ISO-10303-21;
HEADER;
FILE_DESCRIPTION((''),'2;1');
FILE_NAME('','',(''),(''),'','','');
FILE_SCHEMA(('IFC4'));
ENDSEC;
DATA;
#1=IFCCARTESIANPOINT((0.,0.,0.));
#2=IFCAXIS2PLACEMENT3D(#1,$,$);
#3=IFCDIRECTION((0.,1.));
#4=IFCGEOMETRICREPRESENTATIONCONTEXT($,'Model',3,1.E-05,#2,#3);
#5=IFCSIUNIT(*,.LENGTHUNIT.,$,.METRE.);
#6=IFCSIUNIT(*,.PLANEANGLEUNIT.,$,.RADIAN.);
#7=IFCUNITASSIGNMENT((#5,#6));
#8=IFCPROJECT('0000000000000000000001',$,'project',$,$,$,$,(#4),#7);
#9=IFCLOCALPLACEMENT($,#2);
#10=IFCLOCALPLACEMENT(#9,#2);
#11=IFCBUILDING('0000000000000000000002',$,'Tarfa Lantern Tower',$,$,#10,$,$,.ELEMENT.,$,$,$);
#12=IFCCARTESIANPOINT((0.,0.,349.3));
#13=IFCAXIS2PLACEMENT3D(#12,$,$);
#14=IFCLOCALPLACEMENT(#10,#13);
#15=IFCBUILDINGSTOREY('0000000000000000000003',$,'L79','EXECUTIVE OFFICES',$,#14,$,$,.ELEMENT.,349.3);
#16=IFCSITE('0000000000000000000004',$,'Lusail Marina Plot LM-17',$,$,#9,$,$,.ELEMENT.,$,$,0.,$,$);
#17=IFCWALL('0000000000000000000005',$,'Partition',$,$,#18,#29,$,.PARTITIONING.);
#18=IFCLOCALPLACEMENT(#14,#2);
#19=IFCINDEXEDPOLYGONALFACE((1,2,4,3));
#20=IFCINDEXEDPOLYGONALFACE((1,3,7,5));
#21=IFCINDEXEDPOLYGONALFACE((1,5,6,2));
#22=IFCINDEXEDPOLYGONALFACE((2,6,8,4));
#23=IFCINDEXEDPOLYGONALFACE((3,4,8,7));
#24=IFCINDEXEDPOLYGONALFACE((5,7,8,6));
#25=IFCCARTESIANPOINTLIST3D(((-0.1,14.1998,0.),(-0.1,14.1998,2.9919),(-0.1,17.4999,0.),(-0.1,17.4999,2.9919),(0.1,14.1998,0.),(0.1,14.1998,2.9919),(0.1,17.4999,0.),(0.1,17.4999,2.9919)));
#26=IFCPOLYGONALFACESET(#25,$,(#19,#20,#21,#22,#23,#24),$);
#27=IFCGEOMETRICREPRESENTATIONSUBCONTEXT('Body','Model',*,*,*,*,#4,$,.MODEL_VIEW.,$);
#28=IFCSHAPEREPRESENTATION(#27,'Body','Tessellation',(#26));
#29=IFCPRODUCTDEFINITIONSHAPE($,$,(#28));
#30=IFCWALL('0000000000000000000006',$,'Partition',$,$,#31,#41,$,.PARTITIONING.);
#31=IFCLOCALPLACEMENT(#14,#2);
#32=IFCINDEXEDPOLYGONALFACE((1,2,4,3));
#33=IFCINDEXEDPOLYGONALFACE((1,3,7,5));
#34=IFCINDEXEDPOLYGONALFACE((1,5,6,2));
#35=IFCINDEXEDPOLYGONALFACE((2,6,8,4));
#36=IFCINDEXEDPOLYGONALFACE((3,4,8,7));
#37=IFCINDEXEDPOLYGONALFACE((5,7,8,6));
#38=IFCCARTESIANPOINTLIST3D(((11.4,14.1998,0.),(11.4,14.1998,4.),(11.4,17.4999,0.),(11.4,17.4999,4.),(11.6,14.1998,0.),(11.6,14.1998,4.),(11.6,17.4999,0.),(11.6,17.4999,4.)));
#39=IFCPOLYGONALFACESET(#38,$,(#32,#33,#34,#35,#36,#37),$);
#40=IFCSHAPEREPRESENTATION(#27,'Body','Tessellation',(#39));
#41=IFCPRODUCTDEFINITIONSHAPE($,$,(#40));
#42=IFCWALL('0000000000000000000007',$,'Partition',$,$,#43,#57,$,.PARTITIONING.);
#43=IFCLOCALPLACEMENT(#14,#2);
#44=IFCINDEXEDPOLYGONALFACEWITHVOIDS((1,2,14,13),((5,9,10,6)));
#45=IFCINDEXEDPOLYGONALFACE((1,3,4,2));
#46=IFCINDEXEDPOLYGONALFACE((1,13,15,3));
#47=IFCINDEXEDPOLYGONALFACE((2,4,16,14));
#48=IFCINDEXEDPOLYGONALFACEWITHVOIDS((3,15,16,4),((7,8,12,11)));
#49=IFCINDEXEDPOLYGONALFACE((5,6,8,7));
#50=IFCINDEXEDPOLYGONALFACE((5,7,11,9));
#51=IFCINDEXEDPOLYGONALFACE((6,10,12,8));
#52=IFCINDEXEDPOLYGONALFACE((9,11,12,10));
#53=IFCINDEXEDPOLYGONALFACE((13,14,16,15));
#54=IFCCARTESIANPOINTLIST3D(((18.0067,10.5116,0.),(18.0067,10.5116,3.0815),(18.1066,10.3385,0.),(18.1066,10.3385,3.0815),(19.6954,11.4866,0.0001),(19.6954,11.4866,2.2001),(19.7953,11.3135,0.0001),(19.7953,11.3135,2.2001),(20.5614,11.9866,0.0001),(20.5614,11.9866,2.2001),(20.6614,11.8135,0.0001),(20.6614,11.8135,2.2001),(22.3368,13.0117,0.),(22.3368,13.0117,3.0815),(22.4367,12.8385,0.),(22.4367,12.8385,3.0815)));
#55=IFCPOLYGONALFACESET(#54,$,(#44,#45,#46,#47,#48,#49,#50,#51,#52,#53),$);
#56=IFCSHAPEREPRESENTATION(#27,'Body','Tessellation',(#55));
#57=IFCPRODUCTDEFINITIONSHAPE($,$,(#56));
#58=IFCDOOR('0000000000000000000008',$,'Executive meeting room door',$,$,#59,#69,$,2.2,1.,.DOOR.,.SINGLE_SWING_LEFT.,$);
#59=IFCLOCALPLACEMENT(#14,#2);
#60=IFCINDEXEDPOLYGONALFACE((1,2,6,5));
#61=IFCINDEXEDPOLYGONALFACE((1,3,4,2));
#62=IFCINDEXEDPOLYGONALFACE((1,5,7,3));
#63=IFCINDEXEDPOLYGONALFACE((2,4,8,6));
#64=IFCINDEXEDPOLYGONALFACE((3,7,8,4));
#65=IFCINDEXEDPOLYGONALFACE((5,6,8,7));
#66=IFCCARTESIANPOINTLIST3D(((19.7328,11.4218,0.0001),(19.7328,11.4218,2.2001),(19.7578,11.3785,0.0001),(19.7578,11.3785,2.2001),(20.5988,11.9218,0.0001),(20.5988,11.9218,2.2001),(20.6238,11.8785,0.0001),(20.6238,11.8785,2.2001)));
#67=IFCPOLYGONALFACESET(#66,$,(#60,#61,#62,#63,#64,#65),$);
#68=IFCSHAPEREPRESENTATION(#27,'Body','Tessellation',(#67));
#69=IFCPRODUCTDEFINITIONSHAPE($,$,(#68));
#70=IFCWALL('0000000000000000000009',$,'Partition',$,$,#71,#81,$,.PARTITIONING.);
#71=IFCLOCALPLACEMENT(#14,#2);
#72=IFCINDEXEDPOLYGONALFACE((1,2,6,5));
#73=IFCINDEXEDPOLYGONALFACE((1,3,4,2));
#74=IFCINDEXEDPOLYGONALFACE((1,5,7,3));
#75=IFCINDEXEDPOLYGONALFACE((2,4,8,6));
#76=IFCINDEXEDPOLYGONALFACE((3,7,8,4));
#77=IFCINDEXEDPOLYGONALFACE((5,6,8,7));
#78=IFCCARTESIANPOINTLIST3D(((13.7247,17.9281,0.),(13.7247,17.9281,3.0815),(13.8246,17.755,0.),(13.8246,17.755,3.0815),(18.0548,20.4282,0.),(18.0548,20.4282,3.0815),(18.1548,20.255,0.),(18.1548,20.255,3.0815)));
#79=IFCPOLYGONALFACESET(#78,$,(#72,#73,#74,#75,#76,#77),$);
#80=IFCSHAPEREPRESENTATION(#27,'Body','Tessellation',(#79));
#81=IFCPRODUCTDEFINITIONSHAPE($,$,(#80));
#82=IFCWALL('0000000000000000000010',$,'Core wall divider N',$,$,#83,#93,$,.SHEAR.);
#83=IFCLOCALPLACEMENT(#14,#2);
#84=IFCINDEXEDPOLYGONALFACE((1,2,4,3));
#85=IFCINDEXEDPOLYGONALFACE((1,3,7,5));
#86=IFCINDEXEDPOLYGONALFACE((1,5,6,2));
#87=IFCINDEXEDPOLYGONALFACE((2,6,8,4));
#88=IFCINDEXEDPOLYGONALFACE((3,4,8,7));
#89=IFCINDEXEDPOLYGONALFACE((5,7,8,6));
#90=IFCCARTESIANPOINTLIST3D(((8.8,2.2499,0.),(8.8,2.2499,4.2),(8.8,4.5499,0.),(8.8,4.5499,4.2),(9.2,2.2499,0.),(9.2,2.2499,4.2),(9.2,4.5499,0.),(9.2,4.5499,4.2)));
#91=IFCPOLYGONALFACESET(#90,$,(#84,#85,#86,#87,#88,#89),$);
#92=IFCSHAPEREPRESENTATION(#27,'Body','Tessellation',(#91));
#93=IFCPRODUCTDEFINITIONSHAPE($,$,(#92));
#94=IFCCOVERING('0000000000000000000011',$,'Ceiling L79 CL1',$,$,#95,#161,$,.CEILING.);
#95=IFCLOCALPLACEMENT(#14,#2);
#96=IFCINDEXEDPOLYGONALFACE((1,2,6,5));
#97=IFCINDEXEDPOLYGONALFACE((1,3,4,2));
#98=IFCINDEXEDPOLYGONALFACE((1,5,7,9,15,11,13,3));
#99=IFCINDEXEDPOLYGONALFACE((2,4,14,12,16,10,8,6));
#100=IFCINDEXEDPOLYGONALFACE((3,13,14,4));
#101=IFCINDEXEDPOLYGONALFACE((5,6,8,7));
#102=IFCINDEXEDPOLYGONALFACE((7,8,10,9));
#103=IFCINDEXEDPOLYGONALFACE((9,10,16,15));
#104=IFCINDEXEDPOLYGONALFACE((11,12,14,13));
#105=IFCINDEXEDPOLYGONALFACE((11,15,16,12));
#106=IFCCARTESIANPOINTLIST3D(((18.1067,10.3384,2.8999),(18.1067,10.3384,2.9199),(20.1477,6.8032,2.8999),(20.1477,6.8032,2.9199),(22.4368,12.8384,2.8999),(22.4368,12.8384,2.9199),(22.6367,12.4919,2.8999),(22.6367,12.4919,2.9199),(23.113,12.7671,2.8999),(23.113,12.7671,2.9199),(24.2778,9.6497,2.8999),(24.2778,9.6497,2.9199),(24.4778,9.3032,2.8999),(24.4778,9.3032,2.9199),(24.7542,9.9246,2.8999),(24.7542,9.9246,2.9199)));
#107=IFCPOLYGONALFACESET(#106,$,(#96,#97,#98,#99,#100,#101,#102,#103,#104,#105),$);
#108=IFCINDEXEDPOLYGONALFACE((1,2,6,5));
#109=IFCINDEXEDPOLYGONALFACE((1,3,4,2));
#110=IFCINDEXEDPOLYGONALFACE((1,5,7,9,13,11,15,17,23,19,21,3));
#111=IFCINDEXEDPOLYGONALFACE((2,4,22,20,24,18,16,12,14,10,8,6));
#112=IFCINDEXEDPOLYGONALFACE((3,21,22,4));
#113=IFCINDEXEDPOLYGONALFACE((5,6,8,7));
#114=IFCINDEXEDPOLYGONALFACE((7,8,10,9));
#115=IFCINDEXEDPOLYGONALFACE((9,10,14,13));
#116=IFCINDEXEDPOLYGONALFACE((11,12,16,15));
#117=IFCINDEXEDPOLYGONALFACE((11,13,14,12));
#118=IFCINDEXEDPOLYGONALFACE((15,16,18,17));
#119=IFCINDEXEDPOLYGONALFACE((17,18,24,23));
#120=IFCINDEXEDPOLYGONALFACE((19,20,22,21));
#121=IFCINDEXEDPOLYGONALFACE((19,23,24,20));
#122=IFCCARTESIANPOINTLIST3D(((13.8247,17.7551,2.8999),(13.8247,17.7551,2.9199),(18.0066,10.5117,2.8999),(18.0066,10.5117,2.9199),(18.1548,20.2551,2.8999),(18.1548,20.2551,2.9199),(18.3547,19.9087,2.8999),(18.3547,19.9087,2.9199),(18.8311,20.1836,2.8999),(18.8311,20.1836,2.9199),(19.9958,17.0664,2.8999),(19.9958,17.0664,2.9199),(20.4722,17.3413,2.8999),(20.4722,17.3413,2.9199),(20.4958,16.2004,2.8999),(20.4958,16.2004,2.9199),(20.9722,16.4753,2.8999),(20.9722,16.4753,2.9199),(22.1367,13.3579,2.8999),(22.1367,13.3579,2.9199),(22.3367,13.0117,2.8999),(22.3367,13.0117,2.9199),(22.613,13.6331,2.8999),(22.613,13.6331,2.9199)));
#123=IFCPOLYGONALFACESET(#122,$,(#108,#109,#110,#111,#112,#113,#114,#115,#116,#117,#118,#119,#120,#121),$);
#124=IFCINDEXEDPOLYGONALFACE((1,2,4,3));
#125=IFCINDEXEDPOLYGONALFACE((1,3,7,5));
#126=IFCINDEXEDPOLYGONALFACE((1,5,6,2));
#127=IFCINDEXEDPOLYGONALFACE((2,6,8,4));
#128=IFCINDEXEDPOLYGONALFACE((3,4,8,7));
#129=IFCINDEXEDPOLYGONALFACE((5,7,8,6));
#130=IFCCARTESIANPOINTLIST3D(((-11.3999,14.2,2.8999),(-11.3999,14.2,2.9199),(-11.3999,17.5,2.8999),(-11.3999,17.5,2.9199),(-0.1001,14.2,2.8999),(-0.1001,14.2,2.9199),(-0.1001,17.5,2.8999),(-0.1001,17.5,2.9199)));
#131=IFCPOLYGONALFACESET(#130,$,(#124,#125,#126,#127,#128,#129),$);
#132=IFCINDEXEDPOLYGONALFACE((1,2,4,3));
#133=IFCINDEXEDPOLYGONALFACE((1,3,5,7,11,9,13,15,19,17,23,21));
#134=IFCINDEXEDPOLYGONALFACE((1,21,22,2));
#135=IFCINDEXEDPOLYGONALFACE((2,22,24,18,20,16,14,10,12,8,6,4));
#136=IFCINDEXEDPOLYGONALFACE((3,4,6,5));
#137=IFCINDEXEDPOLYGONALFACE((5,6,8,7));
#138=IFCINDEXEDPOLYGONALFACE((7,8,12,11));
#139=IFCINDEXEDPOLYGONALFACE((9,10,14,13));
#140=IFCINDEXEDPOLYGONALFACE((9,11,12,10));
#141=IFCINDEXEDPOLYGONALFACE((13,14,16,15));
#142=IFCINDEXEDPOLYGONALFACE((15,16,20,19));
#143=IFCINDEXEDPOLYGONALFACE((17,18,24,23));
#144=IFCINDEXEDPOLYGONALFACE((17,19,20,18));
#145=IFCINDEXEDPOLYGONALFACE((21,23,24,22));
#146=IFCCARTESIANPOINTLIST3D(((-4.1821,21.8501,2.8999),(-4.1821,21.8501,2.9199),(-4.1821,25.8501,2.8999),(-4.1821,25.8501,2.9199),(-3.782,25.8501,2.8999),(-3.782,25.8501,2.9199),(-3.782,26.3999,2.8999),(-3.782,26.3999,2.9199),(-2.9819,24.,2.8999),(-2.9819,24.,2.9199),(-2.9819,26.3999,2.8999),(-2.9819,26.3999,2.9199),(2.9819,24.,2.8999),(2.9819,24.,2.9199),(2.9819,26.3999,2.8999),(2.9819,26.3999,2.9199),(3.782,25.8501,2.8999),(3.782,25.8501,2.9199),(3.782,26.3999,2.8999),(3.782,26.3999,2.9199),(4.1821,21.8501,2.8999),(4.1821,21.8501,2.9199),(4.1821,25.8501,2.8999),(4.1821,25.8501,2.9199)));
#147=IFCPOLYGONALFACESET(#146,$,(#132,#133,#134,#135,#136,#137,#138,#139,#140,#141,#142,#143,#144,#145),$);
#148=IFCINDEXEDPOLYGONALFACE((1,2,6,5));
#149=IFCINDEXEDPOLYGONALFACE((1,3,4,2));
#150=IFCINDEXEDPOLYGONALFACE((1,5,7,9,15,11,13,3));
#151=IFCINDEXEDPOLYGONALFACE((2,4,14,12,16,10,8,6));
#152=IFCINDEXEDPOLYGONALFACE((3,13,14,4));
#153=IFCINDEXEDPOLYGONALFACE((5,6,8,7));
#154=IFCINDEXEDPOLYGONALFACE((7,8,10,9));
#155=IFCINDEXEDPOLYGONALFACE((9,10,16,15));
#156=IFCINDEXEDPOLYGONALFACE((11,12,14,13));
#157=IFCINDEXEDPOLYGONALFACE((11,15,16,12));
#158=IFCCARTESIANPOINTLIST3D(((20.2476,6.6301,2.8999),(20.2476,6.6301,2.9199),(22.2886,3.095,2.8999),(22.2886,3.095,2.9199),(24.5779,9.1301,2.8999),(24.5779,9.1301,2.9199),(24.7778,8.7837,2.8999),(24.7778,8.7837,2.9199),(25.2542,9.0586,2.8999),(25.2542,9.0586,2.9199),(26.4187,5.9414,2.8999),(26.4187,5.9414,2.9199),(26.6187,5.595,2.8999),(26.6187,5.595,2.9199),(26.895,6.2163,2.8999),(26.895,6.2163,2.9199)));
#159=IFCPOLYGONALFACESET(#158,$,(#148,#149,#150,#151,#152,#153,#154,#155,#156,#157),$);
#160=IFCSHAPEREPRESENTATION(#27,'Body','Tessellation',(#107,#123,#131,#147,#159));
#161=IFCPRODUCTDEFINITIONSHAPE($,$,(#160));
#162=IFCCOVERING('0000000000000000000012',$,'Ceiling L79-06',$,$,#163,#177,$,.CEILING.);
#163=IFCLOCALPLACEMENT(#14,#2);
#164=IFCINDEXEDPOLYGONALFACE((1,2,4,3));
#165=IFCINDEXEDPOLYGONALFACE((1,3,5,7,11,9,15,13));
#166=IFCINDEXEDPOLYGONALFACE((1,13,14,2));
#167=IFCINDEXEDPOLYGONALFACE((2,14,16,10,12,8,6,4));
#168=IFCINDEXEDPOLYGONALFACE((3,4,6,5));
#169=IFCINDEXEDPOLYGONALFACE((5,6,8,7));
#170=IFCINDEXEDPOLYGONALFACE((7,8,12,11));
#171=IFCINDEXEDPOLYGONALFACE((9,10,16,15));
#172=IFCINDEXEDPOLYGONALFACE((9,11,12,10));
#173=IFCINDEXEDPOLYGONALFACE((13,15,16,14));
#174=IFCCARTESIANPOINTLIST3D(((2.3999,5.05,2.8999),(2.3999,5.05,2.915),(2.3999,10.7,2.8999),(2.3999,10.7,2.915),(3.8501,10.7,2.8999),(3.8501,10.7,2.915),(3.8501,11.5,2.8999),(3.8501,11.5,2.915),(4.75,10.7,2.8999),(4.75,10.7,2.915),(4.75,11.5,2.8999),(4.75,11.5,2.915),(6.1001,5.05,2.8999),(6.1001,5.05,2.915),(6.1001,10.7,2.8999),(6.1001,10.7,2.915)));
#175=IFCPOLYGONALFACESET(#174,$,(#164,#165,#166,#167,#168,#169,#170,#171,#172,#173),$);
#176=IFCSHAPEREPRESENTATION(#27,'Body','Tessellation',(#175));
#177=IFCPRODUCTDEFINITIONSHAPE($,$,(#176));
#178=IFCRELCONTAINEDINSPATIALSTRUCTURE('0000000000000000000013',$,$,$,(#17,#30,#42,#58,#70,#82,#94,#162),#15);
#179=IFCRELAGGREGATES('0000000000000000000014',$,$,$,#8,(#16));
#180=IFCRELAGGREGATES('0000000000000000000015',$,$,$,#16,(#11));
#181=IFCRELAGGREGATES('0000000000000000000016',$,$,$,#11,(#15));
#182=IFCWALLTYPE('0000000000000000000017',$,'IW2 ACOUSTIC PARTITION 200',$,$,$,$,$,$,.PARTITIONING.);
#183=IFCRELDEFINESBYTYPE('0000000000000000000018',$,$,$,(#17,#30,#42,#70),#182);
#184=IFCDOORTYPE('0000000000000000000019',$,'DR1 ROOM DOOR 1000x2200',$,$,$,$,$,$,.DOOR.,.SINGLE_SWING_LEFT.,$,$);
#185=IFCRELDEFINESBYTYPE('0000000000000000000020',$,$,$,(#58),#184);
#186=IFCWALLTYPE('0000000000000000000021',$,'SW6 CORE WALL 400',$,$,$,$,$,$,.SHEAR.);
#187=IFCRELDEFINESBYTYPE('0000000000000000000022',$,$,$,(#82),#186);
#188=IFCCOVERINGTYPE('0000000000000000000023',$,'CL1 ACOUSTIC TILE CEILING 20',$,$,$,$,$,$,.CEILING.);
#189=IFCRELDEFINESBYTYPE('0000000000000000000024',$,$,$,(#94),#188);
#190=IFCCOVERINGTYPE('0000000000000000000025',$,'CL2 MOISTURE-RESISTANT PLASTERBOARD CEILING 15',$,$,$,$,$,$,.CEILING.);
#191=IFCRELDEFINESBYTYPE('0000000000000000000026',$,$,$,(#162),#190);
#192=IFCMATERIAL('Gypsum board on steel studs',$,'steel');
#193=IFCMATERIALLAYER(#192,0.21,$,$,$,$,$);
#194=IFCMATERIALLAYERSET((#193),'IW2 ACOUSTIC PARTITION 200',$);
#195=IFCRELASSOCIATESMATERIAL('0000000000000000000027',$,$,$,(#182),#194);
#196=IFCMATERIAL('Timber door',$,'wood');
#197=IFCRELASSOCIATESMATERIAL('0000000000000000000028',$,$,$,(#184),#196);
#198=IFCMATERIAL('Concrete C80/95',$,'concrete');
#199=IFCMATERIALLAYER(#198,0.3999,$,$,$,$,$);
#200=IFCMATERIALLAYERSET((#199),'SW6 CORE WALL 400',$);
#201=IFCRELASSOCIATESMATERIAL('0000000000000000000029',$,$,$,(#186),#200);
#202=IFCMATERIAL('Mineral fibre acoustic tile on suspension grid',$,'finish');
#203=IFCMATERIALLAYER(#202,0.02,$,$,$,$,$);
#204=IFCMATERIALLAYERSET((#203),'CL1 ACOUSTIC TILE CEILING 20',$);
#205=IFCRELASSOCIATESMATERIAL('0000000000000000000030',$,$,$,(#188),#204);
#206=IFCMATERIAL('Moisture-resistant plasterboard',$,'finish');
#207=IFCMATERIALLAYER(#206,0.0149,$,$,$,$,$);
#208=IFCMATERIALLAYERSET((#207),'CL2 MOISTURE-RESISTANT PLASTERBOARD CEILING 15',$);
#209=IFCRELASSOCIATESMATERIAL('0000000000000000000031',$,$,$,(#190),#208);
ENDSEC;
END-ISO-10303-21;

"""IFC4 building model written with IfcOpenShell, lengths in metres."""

from ifc_helpers import new_model, si_unit, direction, frame, frame_2d, origin, place, context, subcontext, project, spatial, polyline, rectangle, outline, extrude, material, layer, layer_set, type_object, element, fill, save


model = new_model("IFC4")

# Units and contexts
model_context = context("Model", 3, precision=1e-05, world=origin(), true_north=direction((0.0, 1.0)))
body_context = subcontext(model_context, "Body", "Model", "MODEL_VIEW")
ifc_project = project(units=[si_unit("LENGTHUNIT", "METRE"), si_unit("PLANEANGLEUNIT", "RADIAN")], contexts=[model_context])

# Site, building, storey
site_placement = place(None, origin())
site = spatial("IfcSite", under=ifc_project, at=site_placement, Name="Lusail Marina Plot LM-17", CompositionType="ELEMENT", RefElevation=0.0)
building_placement = place(site_placement, origin())
building = spatial("IfcBuilding", under=site, at=building_placement, Name="Tarfa Lantern Tower", CompositionType="ELEMENT")
storey_placement = place(building_placement, frame((0.0, 0.0, 349.3)))
storey = spatial("IfcBuildingStorey", under=building, at=storey_placement, Name="L79", Description="EXECUTIVE OFFICES", CompositionType="ELEMENT", Elevation=349.3)

# Shared definitions
ifc_material_1 = material(Name="Concrete C80/95", Category="concrete")

# Walls
ifc_material_2 = material(Name="Gypsum board on steel studs", Category="steel")
ifc_layer_1 = layer(ifc_material_2, 0.21)
ifc_layer_set_1 = layer_set([ifc_layer_1], Name="IW2 ACOUSTIC PARTITION 200")
wall_type_1 = type_object("IfcWallType", Name="IW2 ACOUSTIC PARTITION 200", PredefinedType="PARTITIONING", material=ifc_layer_set_1)
wall_1_placement = place(storey_placement, frame((0.0, 14.2, 0.0), z_axis=(0.0, 0.0, 1.0), x_axis=(0.0, 1.0, 0.0)))
element("IfcWall", 1, at=wall_1_placement, inside=storey, type_object=wall_type_1, Name="Partition", PredefinedType="PARTITIONING", context=body_context, shape_type="SweptSolid", body=[
    extrude(rectangle(XDim=3.3, YDim=0.2, at=frame_2d((1.6499, 0.0))), origin(), (0.0, 0.0, 1.0), 2.9919),
])
wall_2_placement = place(storey_placement, frame((11.5, 14.2, 0.0), z_axis=(0.0, 0.0, 1.0), x_axis=(0.0, 1.0, 0.0)))
element("IfcWall", 2, at=wall_2_placement, inside=storey, type_object=wall_type_1, Name="Partition", PredefinedType="PARTITIONING", context=body_context, shape_type="SweptSolid", body=[
    extrude(rectangle(XDim=3.3, YDim=0.2, at=frame_2d((1.6499, 0.0))), origin(), (0.0, 0.0, 1.0), 4.0),
])

# Wall, opening, door
wall_3_placement = place(storey_placement, frame((18.0566, 10.425, 0.0), z_axis=(0.0, 0.0, 1.0), x_axis=(0.866023, 0.500004, 0.0)))
wall_3 = element("IfcWall", 3, at=wall_3_placement, inside=storey, type_object=wall_type_1, Name="Partition", PredefinedType="PARTITIONING", context=body_context, shape_type="SweptSolid", body=[
    extrude(rectangle(XDim=5.0, YDim=0.2, at=frame_2d((2.5, 0.0))), origin(), (0.0, 0.0, 1.0), 3.0815),
])
opening_placement = place(wall_3_placement, frame((1.95, 0.0, 0.0)))
opening = element("IfcOpeningElement", 4, at=opening_placement, cuts=wall_3, PredefinedType="OPENING", context=body_context, shape_type="SweptSolid", body=[
    extrude(rectangle(XDim=1.0, YDim=2.2, at=frame_2d((0.5, 1.1001))), frame((0.0, 0.1099, 0.0), z_axis=(0.0, -1.0, 0.0), x_axis=(1.0, 0.0, 0.0)), (0.0, 0.0, 1.0), 0.22),
])
ifc_material_3 = material(Name="Timber door", Category="wood")
door_type = type_object("IfcDoorType", Name="DR1 ROOM DOOR 1000x2200", OperationType="SINGLE_SWING_LEFT", PredefinedType="DOOR", material=ifc_material_3)
door_placement = place(opening_placement, frame((1.0, 0.0, 0.0), z_axis=(0.0, 0.0, 1.0), x_axis=(-1.0, 0.0, 0.0)))
door = element("IfcDoor", 5, at=door_placement, inside=storey, type_object=door_type, Name="Executive meeting room door", OperationType="SINGLE_SWING_LEFT", OverallHeight=2.2, OverallWidth=1.0, PredefinedType="DOOR", context=body_context, shape_type="SweptSolid", body=[
    extrude(rectangle(XDim=1.0, YDim=2.2, at=frame_2d((0.5, 1.1001))), frame((0.0, 0.0249, 0.0), z_axis=(0.0, -1.0, 0.0), x_axis=(1.0, 0.0, 0.0)), (0.0, 0.0, 1.0), 0.05),
])
fill(opening, door)

# Walls
wall_4_placement = place(storey_placement, frame((13.7747, 17.8416, 0.0), z_axis=(0.0, 0.0, 1.0), x_axis=(0.866023, 0.500004, 0.0)))
element("IfcWall", 6, at=wall_4_placement, inside=storey, type_object=wall_type_1, Name="Partition", PredefinedType="PARTITIONING", context=body_context, shape_type="SweptSolid", body=[
    extrude(rectangle(XDim=5.0, YDim=0.2, at=frame_2d((2.5, 0.0))), origin(), (0.0, 0.0, 1.0), 3.0815),
])
ifc_layer_2 = layer(ifc_material_1, 0.3999)
ifc_layer_set_2 = layer_set([ifc_layer_2], Name="SW6 CORE WALL 400")
wall_type_2 = type_object("IfcWallType", Name="SW6 CORE WALL 400", PredefinedType="SHEAR", material=ifc_layer_set_2)
wall_5_placement = place(storey_placement, frame((9.0, 2.25, 0.0), z_axis=(0.0, 0.0, 1.0), x_axis=(0.0, 1.0, 0.0)))
element("IfcWall", 7, at=wall_5_placement, inside=storey, type_object=wall_type_2, Name="Core wall divider N", PredefinedType="SHEAR", context=body_context, shape_type="SweptSolid", body=[
    extrude(rectangle(XDim=2.3, YDim=0.3999, at=frame_2d((1.1499, 0.0))), origin(), (0.0, 0.0, 1.0), 4.2),
])

# Coverings
ifc_material_4 = material(Name="Mineral fibre acoustic tile on suspension grid", Category="finish")
ifc_layer_3 = layer(ifc_material_4, 0.02)
ifc_layer_set_3 = layer_set([ifc_layer_3], Name="CL1 ACOUSTIC TILE CEILING 20")
covering_type_1 = type_object("IfcCoveringType", Name="CL1 ACOUSTIC TILE CEILING 20", PredefinedType="CEILING", material=ifc_layer_set_3)
covering_1_placement = place(storey_placement, frame((0.0, 0.0, 2.8999)))
element("IfcCovering", 8, at=covering_1_placement, inside=storey, type_object=covering_type_1, Name="Ceiling L79 CL1", PredefinedType="CEILING", context=body_context, shape_type="SweptSolid", body=[
    extrude(outline(polyline([(18.1067, 10.3384), (22.4368, 12.8384), (22.6367, 12.4919), (23.113, 12.7671), (24.7542, 9.9246), (24.2778, 9.6497), (24.4778, 9.3032), (20.1477, 6.8032), (18.1067, 10.3384)])), origin(), (0.0, 0.0, 1.0), 0.02),
    extrude(outline(polyline([(13.8247, 17.7551), (18.1548, 20.2551), (18.3547, 19.9087), (18.8311, 20.1836), (20.4722, 17.3413), (19.9958, 17.0664), (20.4958, 16.2004), (20.9722, 16.4753), (22.613, 13.6331), (22.1367, 13.3579), (22.3367, 13.0117), (18.0066, 10.5117), (13.8247, 17.7551)])), origin(), (0.0, 0.0, 1.0), 0.02),
    extrude(outline(polyline([(-11.3999, 17.5), (-0.1001, 17.5), (-0.1001, 14.2), (-11.3999, 14.2), (-11.3999, 17.5)])), origin(), (0.0, 0.0, 1.0), 0.02),
    extrude(outline(polyline([(4.1821, 21.8501), (-4.1821, 21.8501), (-4.1821, 25.8501), (-3.782, 25.8501), (-3.782, 26.3999), (-2.9819, 26.3999), (-2.9819, 24.0), (2.9819, 24.0), (2.9819, 26.3999), (3.782, 26.3999), (3.782, 25.8501), (4.1821, 25.8501), (4.1821, 21.8501)])), origin(), (0.0, 0.0, 1.0), 0.02),
    extrude(outline(polyline([(20.2476, 6.6301), (24.5779, 9.1301), (24.7778, 8.7837), (25.2542, 9.0586), (26.895, 6.2163), (26.4187, 5.9414), (26.6187, 5.595), (22.2886, 3.095), (20.2476, 6.6301)])), origin(), (0.0, 0.0, 1.0), 0.02),
])
ifc_material_5 = material(Name="Moisture-resistant plasterboard", Category="finish")
ifc_layer_4 = layer(ifc_material_5, 0.0149)
ifc_layer_set_4 = layer_set([ifc_layer_4], Name="CL2 MOISTURE-RESISTANT PLASTERBOARD CEILING 15")
covering_type_2 = type_object("IfcCoveringType", Name="CL2 MOISTURE-RESISTANT PLASTERBOARD CEILING 15", PredefinedType="CEILING", material=ifc_layer_set_4)
covering_2_placement = place(storey_placement, frame((0.0, 0.0, 2.8999)))
element("IfcCovering", 9, at=covering_2_placement, inside=storey, type_object=covering_type_2, Name="Ceiling L79-06", PredefinedType="CEILING", context=body_context, shape_type="SweptSolid", body=[
    extrude(outline(polyline([(2.3999, 5.05), (6.1001, 5.05), (6.1001, 10.7), (4.75, 10.7), (4.75, 11.5), (3.8501, 11.5), (3.8501, 10.7), (2.3999, 10.7), (2.3999, 5.05)])), origin(), (0.0, 0.0, 1.0), 0.0151),
])

save(model, "model.ifc")
